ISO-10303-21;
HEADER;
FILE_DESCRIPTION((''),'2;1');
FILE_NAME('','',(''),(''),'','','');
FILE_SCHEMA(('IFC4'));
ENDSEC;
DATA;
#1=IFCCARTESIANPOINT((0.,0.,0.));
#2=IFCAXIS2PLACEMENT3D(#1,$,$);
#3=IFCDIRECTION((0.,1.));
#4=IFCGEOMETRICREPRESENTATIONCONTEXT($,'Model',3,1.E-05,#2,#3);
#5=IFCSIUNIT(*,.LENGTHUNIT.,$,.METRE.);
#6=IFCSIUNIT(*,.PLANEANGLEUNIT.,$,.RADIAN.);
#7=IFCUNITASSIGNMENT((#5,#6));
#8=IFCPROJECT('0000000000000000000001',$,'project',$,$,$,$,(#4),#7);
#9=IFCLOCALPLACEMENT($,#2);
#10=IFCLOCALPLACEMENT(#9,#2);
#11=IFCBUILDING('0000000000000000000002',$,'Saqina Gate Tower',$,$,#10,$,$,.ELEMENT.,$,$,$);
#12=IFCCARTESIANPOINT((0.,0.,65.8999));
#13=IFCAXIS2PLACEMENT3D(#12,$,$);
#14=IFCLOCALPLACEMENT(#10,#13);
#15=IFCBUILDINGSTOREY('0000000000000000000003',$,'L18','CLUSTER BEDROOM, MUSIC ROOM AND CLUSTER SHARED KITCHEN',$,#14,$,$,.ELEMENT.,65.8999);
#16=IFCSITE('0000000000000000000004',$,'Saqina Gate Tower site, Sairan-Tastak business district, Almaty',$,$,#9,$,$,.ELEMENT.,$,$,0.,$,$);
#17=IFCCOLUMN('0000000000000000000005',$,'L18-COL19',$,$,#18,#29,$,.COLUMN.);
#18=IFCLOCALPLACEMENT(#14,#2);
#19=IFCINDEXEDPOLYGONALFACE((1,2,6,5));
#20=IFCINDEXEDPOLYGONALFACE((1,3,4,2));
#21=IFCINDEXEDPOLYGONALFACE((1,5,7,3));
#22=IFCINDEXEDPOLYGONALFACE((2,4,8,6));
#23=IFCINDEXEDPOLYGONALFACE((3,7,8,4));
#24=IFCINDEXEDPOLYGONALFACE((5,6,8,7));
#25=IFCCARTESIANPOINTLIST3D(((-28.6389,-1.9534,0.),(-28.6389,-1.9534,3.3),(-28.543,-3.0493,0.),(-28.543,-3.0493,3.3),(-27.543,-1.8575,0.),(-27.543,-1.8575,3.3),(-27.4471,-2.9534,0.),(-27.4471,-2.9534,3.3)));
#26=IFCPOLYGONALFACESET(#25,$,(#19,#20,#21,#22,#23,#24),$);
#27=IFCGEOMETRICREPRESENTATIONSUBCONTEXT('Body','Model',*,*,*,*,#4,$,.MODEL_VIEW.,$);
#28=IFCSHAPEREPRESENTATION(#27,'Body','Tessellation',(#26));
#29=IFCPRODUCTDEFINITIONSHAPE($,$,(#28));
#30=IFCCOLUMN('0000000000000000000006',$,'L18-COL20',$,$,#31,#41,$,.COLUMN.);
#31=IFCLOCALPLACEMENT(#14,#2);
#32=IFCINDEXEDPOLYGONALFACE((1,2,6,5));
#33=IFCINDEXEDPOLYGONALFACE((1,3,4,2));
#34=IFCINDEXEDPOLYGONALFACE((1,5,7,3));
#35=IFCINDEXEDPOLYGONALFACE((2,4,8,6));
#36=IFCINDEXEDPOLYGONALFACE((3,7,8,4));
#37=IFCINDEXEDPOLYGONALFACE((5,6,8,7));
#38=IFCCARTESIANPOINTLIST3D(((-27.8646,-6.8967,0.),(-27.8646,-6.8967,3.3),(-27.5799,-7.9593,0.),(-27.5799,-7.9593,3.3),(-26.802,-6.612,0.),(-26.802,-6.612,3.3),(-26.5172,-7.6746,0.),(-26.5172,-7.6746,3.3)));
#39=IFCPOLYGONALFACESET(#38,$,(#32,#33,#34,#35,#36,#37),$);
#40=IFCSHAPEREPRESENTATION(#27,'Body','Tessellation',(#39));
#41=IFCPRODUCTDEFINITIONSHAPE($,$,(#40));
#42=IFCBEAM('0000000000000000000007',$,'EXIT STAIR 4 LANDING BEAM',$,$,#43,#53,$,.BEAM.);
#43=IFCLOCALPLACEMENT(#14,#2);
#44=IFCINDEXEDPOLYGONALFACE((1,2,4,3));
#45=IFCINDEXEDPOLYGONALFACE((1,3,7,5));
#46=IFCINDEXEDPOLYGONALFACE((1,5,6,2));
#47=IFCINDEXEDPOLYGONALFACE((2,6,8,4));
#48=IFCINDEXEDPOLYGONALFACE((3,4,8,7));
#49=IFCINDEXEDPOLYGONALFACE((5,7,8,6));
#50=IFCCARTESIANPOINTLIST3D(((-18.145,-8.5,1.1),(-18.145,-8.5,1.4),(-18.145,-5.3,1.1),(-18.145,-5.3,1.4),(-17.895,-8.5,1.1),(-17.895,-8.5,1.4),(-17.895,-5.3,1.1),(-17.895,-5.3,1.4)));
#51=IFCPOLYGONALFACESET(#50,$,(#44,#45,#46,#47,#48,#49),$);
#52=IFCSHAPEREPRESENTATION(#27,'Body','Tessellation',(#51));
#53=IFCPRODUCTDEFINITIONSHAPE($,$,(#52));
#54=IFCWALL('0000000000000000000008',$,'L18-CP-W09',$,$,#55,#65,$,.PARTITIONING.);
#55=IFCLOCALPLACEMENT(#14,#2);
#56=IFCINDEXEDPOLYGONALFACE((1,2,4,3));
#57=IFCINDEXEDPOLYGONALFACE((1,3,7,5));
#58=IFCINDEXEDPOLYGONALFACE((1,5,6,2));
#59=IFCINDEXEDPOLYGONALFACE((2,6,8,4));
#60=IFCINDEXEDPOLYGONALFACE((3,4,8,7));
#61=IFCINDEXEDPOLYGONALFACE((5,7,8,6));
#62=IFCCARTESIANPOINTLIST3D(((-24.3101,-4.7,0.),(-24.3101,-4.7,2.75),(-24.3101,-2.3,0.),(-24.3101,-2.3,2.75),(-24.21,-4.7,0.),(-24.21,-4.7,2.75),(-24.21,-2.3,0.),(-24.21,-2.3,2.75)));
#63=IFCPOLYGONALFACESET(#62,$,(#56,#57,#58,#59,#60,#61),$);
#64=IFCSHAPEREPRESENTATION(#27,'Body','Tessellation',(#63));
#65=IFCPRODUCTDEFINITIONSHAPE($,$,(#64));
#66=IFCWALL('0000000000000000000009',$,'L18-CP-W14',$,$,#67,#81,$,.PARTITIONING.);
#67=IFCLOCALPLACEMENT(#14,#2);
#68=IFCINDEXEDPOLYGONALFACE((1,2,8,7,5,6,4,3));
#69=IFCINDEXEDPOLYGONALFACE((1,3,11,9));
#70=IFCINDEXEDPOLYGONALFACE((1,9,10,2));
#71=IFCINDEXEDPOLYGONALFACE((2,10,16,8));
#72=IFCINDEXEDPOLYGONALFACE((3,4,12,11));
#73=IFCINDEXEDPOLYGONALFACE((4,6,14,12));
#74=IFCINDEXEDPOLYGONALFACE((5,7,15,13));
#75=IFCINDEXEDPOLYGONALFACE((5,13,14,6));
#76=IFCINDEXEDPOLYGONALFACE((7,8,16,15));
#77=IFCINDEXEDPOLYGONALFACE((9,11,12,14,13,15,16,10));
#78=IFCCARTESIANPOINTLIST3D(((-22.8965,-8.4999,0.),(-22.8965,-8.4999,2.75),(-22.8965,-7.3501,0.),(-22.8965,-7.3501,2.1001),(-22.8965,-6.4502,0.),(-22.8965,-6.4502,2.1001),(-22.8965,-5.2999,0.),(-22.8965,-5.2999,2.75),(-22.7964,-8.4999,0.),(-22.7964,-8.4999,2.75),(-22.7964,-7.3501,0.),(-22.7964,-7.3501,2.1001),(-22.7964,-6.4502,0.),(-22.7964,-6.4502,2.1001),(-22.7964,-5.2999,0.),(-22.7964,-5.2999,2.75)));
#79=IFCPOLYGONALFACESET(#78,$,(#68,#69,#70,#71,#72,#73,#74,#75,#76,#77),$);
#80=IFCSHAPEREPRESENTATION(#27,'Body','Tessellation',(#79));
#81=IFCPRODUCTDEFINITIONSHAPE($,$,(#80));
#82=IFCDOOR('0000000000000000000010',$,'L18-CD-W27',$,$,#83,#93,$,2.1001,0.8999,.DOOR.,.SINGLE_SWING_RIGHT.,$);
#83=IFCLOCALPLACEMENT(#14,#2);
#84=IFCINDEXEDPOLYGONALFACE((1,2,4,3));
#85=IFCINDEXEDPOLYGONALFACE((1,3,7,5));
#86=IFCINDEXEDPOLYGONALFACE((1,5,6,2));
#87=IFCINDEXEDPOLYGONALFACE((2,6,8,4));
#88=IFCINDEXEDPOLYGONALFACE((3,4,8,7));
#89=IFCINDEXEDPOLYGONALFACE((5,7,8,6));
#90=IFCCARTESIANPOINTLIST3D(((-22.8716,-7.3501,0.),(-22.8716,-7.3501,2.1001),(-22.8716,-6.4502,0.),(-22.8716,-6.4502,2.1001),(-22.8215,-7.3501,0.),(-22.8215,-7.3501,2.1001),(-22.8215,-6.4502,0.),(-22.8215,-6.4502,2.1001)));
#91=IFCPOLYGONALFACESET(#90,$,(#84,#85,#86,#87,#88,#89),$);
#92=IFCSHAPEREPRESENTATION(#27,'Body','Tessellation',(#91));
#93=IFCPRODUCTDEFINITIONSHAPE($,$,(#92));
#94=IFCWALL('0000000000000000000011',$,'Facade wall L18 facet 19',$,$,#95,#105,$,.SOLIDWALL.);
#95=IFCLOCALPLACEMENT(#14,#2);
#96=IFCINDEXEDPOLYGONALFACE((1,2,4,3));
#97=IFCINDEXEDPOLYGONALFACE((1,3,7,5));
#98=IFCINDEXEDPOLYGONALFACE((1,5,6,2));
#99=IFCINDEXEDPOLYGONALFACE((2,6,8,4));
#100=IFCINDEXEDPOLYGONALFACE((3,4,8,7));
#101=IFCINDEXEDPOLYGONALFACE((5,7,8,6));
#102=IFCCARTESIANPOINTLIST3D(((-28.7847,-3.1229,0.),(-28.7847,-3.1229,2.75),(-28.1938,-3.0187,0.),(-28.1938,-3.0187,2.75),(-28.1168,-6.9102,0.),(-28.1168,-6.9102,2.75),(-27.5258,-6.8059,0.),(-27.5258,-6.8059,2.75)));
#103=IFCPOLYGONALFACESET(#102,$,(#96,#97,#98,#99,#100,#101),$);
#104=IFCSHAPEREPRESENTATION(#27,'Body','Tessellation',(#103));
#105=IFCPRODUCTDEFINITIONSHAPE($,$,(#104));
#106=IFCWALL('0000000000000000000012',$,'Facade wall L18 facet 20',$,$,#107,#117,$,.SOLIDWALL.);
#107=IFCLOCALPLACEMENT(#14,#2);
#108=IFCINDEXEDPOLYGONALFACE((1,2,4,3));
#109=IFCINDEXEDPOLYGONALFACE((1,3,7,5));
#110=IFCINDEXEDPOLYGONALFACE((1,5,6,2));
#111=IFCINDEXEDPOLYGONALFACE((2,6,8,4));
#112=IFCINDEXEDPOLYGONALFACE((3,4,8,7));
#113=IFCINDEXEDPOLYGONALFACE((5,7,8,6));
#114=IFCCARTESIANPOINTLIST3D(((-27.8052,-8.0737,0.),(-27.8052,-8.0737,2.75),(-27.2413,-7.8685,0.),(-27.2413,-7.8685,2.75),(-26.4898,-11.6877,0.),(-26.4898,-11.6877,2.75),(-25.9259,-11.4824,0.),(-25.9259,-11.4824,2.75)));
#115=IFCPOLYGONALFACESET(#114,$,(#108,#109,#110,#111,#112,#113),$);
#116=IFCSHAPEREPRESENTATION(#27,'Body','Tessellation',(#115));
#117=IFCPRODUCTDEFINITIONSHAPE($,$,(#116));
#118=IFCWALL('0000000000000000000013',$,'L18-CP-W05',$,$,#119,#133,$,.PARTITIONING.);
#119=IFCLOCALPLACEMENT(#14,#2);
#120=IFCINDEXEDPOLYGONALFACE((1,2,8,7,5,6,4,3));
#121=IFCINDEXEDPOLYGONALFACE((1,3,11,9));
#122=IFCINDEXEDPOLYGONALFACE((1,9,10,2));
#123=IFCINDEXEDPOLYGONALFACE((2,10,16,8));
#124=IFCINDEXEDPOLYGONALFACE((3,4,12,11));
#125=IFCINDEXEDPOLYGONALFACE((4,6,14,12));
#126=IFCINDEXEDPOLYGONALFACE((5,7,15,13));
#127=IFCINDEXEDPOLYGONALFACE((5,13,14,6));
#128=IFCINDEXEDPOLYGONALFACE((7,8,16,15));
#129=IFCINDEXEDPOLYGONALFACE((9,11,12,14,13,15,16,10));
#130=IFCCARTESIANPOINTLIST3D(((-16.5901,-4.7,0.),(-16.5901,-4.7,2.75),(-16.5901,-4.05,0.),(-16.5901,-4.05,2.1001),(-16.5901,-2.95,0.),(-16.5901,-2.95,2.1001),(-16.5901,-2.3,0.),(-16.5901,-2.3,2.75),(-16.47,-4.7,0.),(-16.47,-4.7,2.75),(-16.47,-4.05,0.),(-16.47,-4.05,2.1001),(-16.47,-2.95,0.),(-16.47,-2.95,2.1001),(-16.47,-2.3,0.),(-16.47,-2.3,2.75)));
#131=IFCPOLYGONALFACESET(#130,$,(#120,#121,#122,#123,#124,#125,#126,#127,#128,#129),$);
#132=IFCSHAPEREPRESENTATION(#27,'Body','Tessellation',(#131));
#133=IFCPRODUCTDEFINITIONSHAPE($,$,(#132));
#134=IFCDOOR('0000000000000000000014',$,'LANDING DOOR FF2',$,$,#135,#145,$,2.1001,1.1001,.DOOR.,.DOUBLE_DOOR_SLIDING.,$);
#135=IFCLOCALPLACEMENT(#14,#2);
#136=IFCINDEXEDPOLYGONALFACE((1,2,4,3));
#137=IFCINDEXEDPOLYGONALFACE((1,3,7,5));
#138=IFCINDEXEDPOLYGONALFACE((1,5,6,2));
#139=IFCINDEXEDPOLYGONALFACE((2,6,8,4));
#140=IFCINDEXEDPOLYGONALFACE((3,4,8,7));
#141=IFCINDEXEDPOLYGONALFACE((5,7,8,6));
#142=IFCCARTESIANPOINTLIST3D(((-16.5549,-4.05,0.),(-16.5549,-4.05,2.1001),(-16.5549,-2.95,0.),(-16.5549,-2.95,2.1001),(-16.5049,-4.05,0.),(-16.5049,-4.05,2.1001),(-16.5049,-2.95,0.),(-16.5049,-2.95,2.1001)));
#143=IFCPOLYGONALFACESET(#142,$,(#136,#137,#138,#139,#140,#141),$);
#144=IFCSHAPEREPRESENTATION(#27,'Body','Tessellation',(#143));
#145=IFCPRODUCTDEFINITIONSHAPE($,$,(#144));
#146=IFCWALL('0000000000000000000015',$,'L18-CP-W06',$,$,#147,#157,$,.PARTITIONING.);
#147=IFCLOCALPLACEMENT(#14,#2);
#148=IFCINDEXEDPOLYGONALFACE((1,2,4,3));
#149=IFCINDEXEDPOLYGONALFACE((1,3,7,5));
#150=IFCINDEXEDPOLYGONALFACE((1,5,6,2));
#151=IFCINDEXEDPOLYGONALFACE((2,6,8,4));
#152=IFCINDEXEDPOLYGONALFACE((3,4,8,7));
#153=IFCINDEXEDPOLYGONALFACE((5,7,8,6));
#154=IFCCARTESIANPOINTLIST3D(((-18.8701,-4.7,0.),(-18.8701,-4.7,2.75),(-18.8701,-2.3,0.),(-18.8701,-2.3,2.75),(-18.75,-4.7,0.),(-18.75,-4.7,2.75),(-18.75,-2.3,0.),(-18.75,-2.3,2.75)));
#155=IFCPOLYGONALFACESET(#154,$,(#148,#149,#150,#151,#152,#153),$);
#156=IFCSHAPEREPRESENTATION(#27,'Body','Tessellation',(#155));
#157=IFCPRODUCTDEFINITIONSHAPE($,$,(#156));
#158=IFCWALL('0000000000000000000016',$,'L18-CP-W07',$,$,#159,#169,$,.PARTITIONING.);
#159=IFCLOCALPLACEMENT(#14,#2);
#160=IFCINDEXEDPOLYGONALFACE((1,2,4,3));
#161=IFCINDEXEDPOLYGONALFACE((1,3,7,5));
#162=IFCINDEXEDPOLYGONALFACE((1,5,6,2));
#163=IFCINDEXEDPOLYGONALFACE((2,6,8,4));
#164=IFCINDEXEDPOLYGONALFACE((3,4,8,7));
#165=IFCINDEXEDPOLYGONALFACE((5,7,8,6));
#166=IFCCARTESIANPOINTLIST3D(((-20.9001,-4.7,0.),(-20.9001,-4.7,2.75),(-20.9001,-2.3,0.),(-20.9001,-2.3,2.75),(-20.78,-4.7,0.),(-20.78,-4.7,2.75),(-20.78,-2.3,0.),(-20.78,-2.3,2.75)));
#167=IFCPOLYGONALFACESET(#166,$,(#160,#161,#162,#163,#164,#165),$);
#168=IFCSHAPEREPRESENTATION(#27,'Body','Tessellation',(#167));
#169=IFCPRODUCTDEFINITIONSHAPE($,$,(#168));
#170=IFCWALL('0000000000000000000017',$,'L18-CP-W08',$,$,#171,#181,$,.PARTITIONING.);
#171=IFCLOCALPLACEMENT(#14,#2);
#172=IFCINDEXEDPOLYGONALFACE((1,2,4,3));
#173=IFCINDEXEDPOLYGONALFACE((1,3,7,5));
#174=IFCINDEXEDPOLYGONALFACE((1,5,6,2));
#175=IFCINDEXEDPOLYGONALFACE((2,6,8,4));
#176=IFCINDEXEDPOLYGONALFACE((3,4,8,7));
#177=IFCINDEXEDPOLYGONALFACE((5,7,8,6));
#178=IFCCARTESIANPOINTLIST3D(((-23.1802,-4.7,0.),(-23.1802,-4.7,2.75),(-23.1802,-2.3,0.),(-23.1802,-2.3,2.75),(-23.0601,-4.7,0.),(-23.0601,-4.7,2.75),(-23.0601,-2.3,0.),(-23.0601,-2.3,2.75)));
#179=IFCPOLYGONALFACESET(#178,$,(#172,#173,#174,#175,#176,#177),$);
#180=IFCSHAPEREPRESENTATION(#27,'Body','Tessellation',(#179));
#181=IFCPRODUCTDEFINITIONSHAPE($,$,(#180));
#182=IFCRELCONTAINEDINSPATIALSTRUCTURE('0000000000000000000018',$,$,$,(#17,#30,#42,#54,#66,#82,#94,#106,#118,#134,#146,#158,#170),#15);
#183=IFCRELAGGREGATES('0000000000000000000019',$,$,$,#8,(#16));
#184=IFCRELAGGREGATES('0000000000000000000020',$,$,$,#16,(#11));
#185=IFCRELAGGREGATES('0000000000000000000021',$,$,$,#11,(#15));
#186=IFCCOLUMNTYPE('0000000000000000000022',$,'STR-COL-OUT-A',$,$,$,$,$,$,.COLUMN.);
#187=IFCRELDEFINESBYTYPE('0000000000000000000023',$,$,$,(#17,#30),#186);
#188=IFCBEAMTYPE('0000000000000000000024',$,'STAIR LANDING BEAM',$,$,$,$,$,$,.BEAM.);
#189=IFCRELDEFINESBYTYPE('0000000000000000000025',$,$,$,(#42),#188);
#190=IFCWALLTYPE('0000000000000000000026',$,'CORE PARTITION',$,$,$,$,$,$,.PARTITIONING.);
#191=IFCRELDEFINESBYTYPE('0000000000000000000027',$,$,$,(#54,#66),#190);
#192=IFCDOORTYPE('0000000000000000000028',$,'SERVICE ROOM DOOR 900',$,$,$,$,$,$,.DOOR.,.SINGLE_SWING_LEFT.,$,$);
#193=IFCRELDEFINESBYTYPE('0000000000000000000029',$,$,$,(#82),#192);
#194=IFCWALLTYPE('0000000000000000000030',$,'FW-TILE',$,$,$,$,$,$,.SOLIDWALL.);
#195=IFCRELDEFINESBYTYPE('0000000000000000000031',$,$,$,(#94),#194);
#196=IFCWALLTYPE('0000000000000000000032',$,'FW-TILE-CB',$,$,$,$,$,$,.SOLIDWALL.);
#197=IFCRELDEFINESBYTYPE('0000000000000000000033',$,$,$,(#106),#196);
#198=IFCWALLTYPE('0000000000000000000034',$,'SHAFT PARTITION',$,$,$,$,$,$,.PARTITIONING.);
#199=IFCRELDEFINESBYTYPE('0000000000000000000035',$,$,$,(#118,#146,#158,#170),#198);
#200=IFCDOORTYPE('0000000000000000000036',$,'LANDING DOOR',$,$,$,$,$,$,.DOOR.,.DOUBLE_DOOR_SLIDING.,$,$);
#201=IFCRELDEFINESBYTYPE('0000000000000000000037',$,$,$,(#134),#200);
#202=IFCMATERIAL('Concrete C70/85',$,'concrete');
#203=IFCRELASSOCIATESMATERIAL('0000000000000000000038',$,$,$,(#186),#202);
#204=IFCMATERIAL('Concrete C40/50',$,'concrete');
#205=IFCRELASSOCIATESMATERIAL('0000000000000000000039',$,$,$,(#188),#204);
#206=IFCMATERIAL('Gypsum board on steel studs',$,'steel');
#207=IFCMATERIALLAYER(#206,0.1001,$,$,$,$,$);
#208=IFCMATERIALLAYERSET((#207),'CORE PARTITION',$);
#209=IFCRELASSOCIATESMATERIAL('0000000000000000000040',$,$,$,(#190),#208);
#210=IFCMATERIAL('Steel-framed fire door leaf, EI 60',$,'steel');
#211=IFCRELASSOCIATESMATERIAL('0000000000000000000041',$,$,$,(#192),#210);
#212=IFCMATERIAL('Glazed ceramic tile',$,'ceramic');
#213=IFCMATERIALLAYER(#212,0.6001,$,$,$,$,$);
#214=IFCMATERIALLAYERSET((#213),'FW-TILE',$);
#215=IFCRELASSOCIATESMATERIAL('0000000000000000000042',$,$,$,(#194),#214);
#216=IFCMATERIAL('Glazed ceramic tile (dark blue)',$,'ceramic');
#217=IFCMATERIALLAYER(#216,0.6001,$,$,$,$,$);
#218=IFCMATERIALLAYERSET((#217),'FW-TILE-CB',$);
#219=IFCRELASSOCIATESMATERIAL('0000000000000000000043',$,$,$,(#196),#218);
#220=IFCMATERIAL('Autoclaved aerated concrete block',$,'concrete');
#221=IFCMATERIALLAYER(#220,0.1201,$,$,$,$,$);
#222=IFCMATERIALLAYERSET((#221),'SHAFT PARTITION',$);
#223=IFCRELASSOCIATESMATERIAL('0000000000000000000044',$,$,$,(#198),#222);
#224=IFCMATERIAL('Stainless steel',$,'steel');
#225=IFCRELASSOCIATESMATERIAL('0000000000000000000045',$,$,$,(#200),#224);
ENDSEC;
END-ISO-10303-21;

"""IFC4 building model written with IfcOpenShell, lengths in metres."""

from ifc_helpers import new_model, si_unit, direction, frame, frame_2d, origin, origin_2d, place, context, subcontext, project, spatial, rectangle, extrude, material, layer, layer_set, material_profile, profile_set, type_object, element, fill, save


model = new_model("IFC4")

# Units and contexts
model_context = context("Model", 3, precision=1e-05, world=origin(), true_north=direction((0.0, 1.0)))
body_context = subcontext(model_context, "Body", "Model", "MODEL_VIEW")
ifc_project = project(units=[si_unit("LENGTHUNIT", "METRE"), si_unit("PLANEANGLEUNIT", "RADIAN")], contexts=[model_context])

# Site, building, storey
site_placement = place(None, origin())
site = spatial("IfcSite", under=ifc_project, at=site_placement, Name="Saqina Gate Tower site, Sairan-Tastak business district, Almaty", CompositionType="ELEMENT", RefElevation=0.0)
building_placement = place(site_placement, origin())
building = spatial("IfcBuilding", under=site, at=building_placement, Name="Saqina Gate Tower", CompositionType="ELEMENT")
storey_placement = place(building_placement, frame((0.0, 0.0, 65.8999)))
storey = spatial("IfcBuildingStorey", under=building, at=storey_placement, Name="L18", Description="CLUSTER BEDROOM, MUSIC ROOM AND CLUSTER SHARED KITCHEN", CompositionType="ELEMENT", Elevation=65.8999)

# Columns
ifc_material_1 = material(Name="Concrete C70/85", Category="concrete")
ifc_material_profile_1 = material_profile(ifc_material_1, rectangle(XDim=1.1001, YDim=1.1001, at=origin_2d()), Name="RC 1100x1100")
ifc_profile_set_1 = profile_set([ifc_material_profile_1], Name="Concrete C70/85")
column_type = type_object("IfcColumnType", Name="STR-COL-OUT-A", PredefinedType="COLUMN", material=ifc_profile_set_1)
for number, where, z_axis, x_axis, name in (
    (1, (-28.043, -2.4534, 0.0), (0.0, 0.0, 1.0), (-0.996195, -0.087156, 0.0), "L18-COL19"),
    (2, (-27.1909, -7.2856, 0.0), (0.0, 0.0, 1.0), (-0.965926, -0.258819, 0.0), "L18-COL20"),
):
    element("IfcColumn", number, at=place(storey_placement, frame(where, z_axis=z_axis, x_axis=x_axis)), inside=storey, type_object=column_type, Name=name, PredefinedType="COLUMN", context=body_context, shape_type="SweptSolid", body=[
        extrude(rectangle(XDim=1.1001, YDim=1.1001, at=origin_2d()), origin(), (0.0, 0.0, 1.0), 3.3),
    ])

# Beam
ifc_material_2 = material(Name="Concrete C40/50", Category="concrete")
ifc_material_profile_2 = material_profile(ifc_material_2, rectangle(XDim=0.25, YDim=0.3, at=origin_2d()), Name="STAIR LANDING BEAM")
ifc_profile_set_2 = profile_set([ifc_material_profile_2], Name="Concrete C40/50")
beam_type = type_object("IfcBeamType", Name="STAIR LANDING BEAM", PredefinedType="BEAM", material=ifc_profile_set_2)
beam_placement = place(storey_placement, frame((-18.02, -8.5, 1.25), z_axis=(0.0, 1.0, 0.0), x_axis=(-1.0, 0.0, 0.0)))
element("IfcBeam", 3, at=beam_placement, inside=storey, type_object=beam_type, Name="EXIT STAIR 4 LANDING BEAM", PredefinedType="BEAM", context=body_context, shape_type="SweptSolid", body=[
    extrude(rectangle(XDim=0.25, YDim=0.3, at=origin_2d()), origin(), (0.0, 0.0, 1.0), 3.2),
])

# Wall
ifc_material_3 = material(Name="Gypsum board on steel studs", Category="steel")
ifc_layer_1 = layer(ifc_material_3, 0.1001)
ifc_layer_set_1 = layer_set([ifc_layer_1], Name="CORE PARTITION")
wall_type_1 = type_object("IfcWallType", Name="CORE PARTITION", PredefinedType="PARTITIONING", material=ifc_layer_set_1)
wall_1_placement = place(storey_placement, frame((-24.26, -4.7, 0.0), z_axis=(0.0, 0.0, 1.0), x_axis=(0.0, 1.0, 0.0)))
element("IfcWall", 4, at=wall_1_placement, inside=storey, type_object=wall_type_1, Name="L18-CP-W09", PredefinedType="PARTITIONING", context=body_context, shape_type="SweptSolid", body=[
    extrude(rectangle(XDim=2.3999, YDim=0.1001, at=frame_2d((1.2, 0.0))), origin(), (0.0, 0.0, 1.0), 2.75),
])

# Wall, opening, door
wall_2_placement = place(storey_placement, frame((-22.8464, -8.5, 0.0), z_axis=(0.0, 0.0, 1.0), x_axis=(0.0, 1.0, 0.0)))
wall_2 = element("IfcWall", 5, at=wall_2_placement, inside=storey, type_object=wall_type_1, Name="L18-CP-W14", PredefinedType="PARTITIONING", context=body_context, shape_type="SweptSolid", body=[
    extrude(rectangle(XDim=3.2, YDim=0.1001, at=frame_2d((1.6001, 0.0))), origin(), (0.0, 0.0, 1.0), 2.75),
])
opening_1_placement = place(wall_2_placement, frame((1.1499, 0.0, 0.0)))
opening_1 = element("IfcOpeningElement", 6, at=opening_1_placement, cuts=wall_2, PredefinedType="OPENING", context=body_context, shape_type="SweptSolid", body=[
    extrude(rectangle(XDim=0.8999, YDim=2.1001, at=frame_2d((0.45, 1.05))), frame((0.0, 0.062, 0.0), z_axis=(0.0, -1.0, 0.0), x_axis=(1.0, 0.0, 0.0)), (0.0, 0.0, 1.0), 0.124),
])
ifc_material_4 = material(Name="Steel-framed fire door leaf, EI 60", Category="steel")
door_type_1 = type_object("IfcDoorType", Name="SERVICE ROOM DOOR 900", OperationType="SINGLE_SWING_LEFT", PredefinedType="DOOR", material=ifc_material_4)
door_1_placement = place(opening_1_placement, frame((0.8999, 0.0, 0.0), z_axis=(0.0, 0.0, 1.0), x_axis=(-1.0, 0.0, 0.0)))
door_1 = element("IfcDoor", 7, at=door_1_placement, inside=storey, type_object=door_type_1, Name="L18-CD-W27", OperationType="SINGLE_SWING_RIGHT", OverallHeight=2.1001, OverallWidth=0.8999, PredefinedType="DOOR", context=body_context, shape_type="SweptSolid", body=[
    extrude(rectangle(XDim=0.8999, YDim=2.1001, at=frame_2d((0.45, 1.05))), frame((0.0, 0.0249, 0.0), z_axis=(0.0, -1.0, 0.0), x_axis=(1.0, 0.0, 0.0)), (0.0, 0.0, 1.0), 0.05),
])
fill(opening_1, door_1)

# Walls
ifc_material_5 = material(Name="Glazed ceramic tile", Category="ceramic")
ifc_layer_2 = layer(ifc_material_5, 0.6001)
ifc_layer_set_2 = layer_set([ifc_layer_2], Name="FW-TILE")
wall_type_2 = type_object("IfcWallType", Name="FW-TILE", PredefinedType="SOLIDWALL", material=ifc_layer_set_2)
wall_3_placement = place(storey_placement, frame((-28.4893, -3.0708, 0.0), z_axis=(0.0, 0.0, 1.0), x_axis=(0.173688, -0.984801, 0.0)))
element("IfcWall", 8, at=wall_3_placement, inside=storey, type_object=wall_type_2, Name="Facade wall L18 facet 19", PredefinedType="SOLIDWALL", context=body_context, shape_type="SweptSolid", body=[
    extrude(rectangle(XDim=3.8457, YDim=0.6001, at=frame_2d((1.9229, 0.0))), origin(), (0.0, 0.0, 1.0), 2.75),
])
ifc_material_6 = material(Name="Glazed ceramic tile (dark blue)", Category="ceramic")
ifc_layer_3 = layer(ifc_material_6, 0.6001)
ifc_layer_set_3 = layer_set([ifc_layer_3], Name="FW-TILE-CB")
wall_type_3 = type_object("IfcWallType", Name="FW-TILE-CB", PredefinedType="SOLIDWALL", material=ifc_layer_set_3)
wall_4_placement = place(storey_placement, frame((-27.5232, -7.9712, 0.0), z_axis=(0.0, 0.0, 1.0), x_axis=(0.342028, -0.93969, 0.0)))
element("IfcWall", 9, at=wall_4_placement, inside=storey, type_object=wall_type_3, Name="Facade wall L18 facet 20", PredefinedType="SOLIDWALL", context=body_context, shape_type="SweptSolid", body=[
    extrude(rectangle(XDim=3.8459, YDim=0.6001, at=frame_2d((1.9229, 0.0))), origin(), (0.0, 0.0, 1.0), 2.75),
])

# Wall, opening, door
ifc_material_7 = material(Name="Autoclaved aerated concrete block", Category="concrete")
ifc_layer_4 = layer(ifc_material_7, 0.1201)
ifc_layer_set_4 = layer_set([ifc_layer_4], Name="SHAFT PARTITION")
wall_type_4 = type_object("IfcWallType", Name="SHAFT PARTITION", PredefinedType="PARTITIONING", material=ifc_layer_set_4)
wall_5_placement = place(storey_placement, frame((-16.53, -4.7, 0.0), z_axis=(0.0, 0.0, 1.0), x_axis=(0.0, 1.0, 0.0)))
wall_5 = element("IfcWall", 10, at=wall_5_placement, inside=storey, type_object=wall_type_4, Name="L18-CP-W05", PredefinedType="PARTITIONING", context=body_context, shape_type="SweptSolid", body=[
    extrude(rectangle(XDim=2.3999, YDim=0.1201, at=frame_2d((1.2, 0.0))), origin(), (0.0, 0.0, 1.0), 2.75),
])
opening_2_placement = place(wall_5_placement, frame((0.6499, 0.0, 0.0)))
opening_2 = element("IfcOpeningElement", 11, at=opening_2_placement, cuts=wall_5, PredefinedType="OPENING", context=body_context, shape_type="SweptSolid", body=[
    extrude(rectangle(XDim=1.1001, YDim=2.1001, at=frame_2d((0.55, 1.05))), frame((0.0, 0.072, 0.0), z_axis=(0.0, -1.0, 0.0), x_axis=(1.0, 0.0, 0.0)), (0.0, 0.0, 1.0), 0.144),
])
ifc_material_8 = material(Name="Stainless steel", Category="steel")
door_type_2 = type_object("IfcDoorType", Name="LANDING DOOR", OperationType="DOUBLE_DOOR_SLIDING", PredefinedType="DOOR", material=ifc_material_8)
door_2_placement = place(opening_2_placement, origin())
door_2 = element("IfcDoor", 12, at=door_2_placement, inside=storey, type_object=door_type_2, Name="LANDING DOOR FF2", OperationType="DOUBLE_DOOR_SLIDING", OverallHeight=2.1001, OverallWidth=1.1001, PredefinedType="DOOR", context=body_context, shape_type="SweptSolid", body=[
    extrude(rectangle(XDim=1.1001, YDim=2.1001, at=frame_2d((0.55, 1.05))), frame((0.0, 0.0249, 0.0), z_axis=(0.0, -1.0, 0.0), x_axis=(1.0, 0.0, 0.0)), (0.0, 0.0, 1.0), 0.05),
])
fill(opening_2, door_2)

# Walls
for number, where, z_axis, x_axis, name in (
    (13, (-18.8101, -4.7, 0.0), (0.0, 0.0, 1.0), (0.0, 1.0, 0.0), "L18-CP-W06"),
    (14, (-20.8401, -4.7, 0.0), (0.0, 0.0, 1.0), (0.0, 1.0, 0.0), "L18-CP-W07"),
    (15, (-23.1201, -4.7, 0.0), (0.0, 0.0, 1.0), (0.0, 1.0, 0.0), "L18-CP-W08"),
):
    element("IfcWall", number, at=place(storey_placement, frame(where, z_axis=z_axis, x_axis=x_axis)), inside=storey, type_object=wall_type_4, Name=name, PredefinedType="PARTITIONING", context=body_context, shape_type="SweptSolid", body=[
        extrude(rectangle(XDim=2.3999, YDim=0.1201, at=frame_2d((1.2, 0.0))), origin(), (0.0, 0.0, 1.0), 2.75),
    ])

save(model, "model.ifc")
